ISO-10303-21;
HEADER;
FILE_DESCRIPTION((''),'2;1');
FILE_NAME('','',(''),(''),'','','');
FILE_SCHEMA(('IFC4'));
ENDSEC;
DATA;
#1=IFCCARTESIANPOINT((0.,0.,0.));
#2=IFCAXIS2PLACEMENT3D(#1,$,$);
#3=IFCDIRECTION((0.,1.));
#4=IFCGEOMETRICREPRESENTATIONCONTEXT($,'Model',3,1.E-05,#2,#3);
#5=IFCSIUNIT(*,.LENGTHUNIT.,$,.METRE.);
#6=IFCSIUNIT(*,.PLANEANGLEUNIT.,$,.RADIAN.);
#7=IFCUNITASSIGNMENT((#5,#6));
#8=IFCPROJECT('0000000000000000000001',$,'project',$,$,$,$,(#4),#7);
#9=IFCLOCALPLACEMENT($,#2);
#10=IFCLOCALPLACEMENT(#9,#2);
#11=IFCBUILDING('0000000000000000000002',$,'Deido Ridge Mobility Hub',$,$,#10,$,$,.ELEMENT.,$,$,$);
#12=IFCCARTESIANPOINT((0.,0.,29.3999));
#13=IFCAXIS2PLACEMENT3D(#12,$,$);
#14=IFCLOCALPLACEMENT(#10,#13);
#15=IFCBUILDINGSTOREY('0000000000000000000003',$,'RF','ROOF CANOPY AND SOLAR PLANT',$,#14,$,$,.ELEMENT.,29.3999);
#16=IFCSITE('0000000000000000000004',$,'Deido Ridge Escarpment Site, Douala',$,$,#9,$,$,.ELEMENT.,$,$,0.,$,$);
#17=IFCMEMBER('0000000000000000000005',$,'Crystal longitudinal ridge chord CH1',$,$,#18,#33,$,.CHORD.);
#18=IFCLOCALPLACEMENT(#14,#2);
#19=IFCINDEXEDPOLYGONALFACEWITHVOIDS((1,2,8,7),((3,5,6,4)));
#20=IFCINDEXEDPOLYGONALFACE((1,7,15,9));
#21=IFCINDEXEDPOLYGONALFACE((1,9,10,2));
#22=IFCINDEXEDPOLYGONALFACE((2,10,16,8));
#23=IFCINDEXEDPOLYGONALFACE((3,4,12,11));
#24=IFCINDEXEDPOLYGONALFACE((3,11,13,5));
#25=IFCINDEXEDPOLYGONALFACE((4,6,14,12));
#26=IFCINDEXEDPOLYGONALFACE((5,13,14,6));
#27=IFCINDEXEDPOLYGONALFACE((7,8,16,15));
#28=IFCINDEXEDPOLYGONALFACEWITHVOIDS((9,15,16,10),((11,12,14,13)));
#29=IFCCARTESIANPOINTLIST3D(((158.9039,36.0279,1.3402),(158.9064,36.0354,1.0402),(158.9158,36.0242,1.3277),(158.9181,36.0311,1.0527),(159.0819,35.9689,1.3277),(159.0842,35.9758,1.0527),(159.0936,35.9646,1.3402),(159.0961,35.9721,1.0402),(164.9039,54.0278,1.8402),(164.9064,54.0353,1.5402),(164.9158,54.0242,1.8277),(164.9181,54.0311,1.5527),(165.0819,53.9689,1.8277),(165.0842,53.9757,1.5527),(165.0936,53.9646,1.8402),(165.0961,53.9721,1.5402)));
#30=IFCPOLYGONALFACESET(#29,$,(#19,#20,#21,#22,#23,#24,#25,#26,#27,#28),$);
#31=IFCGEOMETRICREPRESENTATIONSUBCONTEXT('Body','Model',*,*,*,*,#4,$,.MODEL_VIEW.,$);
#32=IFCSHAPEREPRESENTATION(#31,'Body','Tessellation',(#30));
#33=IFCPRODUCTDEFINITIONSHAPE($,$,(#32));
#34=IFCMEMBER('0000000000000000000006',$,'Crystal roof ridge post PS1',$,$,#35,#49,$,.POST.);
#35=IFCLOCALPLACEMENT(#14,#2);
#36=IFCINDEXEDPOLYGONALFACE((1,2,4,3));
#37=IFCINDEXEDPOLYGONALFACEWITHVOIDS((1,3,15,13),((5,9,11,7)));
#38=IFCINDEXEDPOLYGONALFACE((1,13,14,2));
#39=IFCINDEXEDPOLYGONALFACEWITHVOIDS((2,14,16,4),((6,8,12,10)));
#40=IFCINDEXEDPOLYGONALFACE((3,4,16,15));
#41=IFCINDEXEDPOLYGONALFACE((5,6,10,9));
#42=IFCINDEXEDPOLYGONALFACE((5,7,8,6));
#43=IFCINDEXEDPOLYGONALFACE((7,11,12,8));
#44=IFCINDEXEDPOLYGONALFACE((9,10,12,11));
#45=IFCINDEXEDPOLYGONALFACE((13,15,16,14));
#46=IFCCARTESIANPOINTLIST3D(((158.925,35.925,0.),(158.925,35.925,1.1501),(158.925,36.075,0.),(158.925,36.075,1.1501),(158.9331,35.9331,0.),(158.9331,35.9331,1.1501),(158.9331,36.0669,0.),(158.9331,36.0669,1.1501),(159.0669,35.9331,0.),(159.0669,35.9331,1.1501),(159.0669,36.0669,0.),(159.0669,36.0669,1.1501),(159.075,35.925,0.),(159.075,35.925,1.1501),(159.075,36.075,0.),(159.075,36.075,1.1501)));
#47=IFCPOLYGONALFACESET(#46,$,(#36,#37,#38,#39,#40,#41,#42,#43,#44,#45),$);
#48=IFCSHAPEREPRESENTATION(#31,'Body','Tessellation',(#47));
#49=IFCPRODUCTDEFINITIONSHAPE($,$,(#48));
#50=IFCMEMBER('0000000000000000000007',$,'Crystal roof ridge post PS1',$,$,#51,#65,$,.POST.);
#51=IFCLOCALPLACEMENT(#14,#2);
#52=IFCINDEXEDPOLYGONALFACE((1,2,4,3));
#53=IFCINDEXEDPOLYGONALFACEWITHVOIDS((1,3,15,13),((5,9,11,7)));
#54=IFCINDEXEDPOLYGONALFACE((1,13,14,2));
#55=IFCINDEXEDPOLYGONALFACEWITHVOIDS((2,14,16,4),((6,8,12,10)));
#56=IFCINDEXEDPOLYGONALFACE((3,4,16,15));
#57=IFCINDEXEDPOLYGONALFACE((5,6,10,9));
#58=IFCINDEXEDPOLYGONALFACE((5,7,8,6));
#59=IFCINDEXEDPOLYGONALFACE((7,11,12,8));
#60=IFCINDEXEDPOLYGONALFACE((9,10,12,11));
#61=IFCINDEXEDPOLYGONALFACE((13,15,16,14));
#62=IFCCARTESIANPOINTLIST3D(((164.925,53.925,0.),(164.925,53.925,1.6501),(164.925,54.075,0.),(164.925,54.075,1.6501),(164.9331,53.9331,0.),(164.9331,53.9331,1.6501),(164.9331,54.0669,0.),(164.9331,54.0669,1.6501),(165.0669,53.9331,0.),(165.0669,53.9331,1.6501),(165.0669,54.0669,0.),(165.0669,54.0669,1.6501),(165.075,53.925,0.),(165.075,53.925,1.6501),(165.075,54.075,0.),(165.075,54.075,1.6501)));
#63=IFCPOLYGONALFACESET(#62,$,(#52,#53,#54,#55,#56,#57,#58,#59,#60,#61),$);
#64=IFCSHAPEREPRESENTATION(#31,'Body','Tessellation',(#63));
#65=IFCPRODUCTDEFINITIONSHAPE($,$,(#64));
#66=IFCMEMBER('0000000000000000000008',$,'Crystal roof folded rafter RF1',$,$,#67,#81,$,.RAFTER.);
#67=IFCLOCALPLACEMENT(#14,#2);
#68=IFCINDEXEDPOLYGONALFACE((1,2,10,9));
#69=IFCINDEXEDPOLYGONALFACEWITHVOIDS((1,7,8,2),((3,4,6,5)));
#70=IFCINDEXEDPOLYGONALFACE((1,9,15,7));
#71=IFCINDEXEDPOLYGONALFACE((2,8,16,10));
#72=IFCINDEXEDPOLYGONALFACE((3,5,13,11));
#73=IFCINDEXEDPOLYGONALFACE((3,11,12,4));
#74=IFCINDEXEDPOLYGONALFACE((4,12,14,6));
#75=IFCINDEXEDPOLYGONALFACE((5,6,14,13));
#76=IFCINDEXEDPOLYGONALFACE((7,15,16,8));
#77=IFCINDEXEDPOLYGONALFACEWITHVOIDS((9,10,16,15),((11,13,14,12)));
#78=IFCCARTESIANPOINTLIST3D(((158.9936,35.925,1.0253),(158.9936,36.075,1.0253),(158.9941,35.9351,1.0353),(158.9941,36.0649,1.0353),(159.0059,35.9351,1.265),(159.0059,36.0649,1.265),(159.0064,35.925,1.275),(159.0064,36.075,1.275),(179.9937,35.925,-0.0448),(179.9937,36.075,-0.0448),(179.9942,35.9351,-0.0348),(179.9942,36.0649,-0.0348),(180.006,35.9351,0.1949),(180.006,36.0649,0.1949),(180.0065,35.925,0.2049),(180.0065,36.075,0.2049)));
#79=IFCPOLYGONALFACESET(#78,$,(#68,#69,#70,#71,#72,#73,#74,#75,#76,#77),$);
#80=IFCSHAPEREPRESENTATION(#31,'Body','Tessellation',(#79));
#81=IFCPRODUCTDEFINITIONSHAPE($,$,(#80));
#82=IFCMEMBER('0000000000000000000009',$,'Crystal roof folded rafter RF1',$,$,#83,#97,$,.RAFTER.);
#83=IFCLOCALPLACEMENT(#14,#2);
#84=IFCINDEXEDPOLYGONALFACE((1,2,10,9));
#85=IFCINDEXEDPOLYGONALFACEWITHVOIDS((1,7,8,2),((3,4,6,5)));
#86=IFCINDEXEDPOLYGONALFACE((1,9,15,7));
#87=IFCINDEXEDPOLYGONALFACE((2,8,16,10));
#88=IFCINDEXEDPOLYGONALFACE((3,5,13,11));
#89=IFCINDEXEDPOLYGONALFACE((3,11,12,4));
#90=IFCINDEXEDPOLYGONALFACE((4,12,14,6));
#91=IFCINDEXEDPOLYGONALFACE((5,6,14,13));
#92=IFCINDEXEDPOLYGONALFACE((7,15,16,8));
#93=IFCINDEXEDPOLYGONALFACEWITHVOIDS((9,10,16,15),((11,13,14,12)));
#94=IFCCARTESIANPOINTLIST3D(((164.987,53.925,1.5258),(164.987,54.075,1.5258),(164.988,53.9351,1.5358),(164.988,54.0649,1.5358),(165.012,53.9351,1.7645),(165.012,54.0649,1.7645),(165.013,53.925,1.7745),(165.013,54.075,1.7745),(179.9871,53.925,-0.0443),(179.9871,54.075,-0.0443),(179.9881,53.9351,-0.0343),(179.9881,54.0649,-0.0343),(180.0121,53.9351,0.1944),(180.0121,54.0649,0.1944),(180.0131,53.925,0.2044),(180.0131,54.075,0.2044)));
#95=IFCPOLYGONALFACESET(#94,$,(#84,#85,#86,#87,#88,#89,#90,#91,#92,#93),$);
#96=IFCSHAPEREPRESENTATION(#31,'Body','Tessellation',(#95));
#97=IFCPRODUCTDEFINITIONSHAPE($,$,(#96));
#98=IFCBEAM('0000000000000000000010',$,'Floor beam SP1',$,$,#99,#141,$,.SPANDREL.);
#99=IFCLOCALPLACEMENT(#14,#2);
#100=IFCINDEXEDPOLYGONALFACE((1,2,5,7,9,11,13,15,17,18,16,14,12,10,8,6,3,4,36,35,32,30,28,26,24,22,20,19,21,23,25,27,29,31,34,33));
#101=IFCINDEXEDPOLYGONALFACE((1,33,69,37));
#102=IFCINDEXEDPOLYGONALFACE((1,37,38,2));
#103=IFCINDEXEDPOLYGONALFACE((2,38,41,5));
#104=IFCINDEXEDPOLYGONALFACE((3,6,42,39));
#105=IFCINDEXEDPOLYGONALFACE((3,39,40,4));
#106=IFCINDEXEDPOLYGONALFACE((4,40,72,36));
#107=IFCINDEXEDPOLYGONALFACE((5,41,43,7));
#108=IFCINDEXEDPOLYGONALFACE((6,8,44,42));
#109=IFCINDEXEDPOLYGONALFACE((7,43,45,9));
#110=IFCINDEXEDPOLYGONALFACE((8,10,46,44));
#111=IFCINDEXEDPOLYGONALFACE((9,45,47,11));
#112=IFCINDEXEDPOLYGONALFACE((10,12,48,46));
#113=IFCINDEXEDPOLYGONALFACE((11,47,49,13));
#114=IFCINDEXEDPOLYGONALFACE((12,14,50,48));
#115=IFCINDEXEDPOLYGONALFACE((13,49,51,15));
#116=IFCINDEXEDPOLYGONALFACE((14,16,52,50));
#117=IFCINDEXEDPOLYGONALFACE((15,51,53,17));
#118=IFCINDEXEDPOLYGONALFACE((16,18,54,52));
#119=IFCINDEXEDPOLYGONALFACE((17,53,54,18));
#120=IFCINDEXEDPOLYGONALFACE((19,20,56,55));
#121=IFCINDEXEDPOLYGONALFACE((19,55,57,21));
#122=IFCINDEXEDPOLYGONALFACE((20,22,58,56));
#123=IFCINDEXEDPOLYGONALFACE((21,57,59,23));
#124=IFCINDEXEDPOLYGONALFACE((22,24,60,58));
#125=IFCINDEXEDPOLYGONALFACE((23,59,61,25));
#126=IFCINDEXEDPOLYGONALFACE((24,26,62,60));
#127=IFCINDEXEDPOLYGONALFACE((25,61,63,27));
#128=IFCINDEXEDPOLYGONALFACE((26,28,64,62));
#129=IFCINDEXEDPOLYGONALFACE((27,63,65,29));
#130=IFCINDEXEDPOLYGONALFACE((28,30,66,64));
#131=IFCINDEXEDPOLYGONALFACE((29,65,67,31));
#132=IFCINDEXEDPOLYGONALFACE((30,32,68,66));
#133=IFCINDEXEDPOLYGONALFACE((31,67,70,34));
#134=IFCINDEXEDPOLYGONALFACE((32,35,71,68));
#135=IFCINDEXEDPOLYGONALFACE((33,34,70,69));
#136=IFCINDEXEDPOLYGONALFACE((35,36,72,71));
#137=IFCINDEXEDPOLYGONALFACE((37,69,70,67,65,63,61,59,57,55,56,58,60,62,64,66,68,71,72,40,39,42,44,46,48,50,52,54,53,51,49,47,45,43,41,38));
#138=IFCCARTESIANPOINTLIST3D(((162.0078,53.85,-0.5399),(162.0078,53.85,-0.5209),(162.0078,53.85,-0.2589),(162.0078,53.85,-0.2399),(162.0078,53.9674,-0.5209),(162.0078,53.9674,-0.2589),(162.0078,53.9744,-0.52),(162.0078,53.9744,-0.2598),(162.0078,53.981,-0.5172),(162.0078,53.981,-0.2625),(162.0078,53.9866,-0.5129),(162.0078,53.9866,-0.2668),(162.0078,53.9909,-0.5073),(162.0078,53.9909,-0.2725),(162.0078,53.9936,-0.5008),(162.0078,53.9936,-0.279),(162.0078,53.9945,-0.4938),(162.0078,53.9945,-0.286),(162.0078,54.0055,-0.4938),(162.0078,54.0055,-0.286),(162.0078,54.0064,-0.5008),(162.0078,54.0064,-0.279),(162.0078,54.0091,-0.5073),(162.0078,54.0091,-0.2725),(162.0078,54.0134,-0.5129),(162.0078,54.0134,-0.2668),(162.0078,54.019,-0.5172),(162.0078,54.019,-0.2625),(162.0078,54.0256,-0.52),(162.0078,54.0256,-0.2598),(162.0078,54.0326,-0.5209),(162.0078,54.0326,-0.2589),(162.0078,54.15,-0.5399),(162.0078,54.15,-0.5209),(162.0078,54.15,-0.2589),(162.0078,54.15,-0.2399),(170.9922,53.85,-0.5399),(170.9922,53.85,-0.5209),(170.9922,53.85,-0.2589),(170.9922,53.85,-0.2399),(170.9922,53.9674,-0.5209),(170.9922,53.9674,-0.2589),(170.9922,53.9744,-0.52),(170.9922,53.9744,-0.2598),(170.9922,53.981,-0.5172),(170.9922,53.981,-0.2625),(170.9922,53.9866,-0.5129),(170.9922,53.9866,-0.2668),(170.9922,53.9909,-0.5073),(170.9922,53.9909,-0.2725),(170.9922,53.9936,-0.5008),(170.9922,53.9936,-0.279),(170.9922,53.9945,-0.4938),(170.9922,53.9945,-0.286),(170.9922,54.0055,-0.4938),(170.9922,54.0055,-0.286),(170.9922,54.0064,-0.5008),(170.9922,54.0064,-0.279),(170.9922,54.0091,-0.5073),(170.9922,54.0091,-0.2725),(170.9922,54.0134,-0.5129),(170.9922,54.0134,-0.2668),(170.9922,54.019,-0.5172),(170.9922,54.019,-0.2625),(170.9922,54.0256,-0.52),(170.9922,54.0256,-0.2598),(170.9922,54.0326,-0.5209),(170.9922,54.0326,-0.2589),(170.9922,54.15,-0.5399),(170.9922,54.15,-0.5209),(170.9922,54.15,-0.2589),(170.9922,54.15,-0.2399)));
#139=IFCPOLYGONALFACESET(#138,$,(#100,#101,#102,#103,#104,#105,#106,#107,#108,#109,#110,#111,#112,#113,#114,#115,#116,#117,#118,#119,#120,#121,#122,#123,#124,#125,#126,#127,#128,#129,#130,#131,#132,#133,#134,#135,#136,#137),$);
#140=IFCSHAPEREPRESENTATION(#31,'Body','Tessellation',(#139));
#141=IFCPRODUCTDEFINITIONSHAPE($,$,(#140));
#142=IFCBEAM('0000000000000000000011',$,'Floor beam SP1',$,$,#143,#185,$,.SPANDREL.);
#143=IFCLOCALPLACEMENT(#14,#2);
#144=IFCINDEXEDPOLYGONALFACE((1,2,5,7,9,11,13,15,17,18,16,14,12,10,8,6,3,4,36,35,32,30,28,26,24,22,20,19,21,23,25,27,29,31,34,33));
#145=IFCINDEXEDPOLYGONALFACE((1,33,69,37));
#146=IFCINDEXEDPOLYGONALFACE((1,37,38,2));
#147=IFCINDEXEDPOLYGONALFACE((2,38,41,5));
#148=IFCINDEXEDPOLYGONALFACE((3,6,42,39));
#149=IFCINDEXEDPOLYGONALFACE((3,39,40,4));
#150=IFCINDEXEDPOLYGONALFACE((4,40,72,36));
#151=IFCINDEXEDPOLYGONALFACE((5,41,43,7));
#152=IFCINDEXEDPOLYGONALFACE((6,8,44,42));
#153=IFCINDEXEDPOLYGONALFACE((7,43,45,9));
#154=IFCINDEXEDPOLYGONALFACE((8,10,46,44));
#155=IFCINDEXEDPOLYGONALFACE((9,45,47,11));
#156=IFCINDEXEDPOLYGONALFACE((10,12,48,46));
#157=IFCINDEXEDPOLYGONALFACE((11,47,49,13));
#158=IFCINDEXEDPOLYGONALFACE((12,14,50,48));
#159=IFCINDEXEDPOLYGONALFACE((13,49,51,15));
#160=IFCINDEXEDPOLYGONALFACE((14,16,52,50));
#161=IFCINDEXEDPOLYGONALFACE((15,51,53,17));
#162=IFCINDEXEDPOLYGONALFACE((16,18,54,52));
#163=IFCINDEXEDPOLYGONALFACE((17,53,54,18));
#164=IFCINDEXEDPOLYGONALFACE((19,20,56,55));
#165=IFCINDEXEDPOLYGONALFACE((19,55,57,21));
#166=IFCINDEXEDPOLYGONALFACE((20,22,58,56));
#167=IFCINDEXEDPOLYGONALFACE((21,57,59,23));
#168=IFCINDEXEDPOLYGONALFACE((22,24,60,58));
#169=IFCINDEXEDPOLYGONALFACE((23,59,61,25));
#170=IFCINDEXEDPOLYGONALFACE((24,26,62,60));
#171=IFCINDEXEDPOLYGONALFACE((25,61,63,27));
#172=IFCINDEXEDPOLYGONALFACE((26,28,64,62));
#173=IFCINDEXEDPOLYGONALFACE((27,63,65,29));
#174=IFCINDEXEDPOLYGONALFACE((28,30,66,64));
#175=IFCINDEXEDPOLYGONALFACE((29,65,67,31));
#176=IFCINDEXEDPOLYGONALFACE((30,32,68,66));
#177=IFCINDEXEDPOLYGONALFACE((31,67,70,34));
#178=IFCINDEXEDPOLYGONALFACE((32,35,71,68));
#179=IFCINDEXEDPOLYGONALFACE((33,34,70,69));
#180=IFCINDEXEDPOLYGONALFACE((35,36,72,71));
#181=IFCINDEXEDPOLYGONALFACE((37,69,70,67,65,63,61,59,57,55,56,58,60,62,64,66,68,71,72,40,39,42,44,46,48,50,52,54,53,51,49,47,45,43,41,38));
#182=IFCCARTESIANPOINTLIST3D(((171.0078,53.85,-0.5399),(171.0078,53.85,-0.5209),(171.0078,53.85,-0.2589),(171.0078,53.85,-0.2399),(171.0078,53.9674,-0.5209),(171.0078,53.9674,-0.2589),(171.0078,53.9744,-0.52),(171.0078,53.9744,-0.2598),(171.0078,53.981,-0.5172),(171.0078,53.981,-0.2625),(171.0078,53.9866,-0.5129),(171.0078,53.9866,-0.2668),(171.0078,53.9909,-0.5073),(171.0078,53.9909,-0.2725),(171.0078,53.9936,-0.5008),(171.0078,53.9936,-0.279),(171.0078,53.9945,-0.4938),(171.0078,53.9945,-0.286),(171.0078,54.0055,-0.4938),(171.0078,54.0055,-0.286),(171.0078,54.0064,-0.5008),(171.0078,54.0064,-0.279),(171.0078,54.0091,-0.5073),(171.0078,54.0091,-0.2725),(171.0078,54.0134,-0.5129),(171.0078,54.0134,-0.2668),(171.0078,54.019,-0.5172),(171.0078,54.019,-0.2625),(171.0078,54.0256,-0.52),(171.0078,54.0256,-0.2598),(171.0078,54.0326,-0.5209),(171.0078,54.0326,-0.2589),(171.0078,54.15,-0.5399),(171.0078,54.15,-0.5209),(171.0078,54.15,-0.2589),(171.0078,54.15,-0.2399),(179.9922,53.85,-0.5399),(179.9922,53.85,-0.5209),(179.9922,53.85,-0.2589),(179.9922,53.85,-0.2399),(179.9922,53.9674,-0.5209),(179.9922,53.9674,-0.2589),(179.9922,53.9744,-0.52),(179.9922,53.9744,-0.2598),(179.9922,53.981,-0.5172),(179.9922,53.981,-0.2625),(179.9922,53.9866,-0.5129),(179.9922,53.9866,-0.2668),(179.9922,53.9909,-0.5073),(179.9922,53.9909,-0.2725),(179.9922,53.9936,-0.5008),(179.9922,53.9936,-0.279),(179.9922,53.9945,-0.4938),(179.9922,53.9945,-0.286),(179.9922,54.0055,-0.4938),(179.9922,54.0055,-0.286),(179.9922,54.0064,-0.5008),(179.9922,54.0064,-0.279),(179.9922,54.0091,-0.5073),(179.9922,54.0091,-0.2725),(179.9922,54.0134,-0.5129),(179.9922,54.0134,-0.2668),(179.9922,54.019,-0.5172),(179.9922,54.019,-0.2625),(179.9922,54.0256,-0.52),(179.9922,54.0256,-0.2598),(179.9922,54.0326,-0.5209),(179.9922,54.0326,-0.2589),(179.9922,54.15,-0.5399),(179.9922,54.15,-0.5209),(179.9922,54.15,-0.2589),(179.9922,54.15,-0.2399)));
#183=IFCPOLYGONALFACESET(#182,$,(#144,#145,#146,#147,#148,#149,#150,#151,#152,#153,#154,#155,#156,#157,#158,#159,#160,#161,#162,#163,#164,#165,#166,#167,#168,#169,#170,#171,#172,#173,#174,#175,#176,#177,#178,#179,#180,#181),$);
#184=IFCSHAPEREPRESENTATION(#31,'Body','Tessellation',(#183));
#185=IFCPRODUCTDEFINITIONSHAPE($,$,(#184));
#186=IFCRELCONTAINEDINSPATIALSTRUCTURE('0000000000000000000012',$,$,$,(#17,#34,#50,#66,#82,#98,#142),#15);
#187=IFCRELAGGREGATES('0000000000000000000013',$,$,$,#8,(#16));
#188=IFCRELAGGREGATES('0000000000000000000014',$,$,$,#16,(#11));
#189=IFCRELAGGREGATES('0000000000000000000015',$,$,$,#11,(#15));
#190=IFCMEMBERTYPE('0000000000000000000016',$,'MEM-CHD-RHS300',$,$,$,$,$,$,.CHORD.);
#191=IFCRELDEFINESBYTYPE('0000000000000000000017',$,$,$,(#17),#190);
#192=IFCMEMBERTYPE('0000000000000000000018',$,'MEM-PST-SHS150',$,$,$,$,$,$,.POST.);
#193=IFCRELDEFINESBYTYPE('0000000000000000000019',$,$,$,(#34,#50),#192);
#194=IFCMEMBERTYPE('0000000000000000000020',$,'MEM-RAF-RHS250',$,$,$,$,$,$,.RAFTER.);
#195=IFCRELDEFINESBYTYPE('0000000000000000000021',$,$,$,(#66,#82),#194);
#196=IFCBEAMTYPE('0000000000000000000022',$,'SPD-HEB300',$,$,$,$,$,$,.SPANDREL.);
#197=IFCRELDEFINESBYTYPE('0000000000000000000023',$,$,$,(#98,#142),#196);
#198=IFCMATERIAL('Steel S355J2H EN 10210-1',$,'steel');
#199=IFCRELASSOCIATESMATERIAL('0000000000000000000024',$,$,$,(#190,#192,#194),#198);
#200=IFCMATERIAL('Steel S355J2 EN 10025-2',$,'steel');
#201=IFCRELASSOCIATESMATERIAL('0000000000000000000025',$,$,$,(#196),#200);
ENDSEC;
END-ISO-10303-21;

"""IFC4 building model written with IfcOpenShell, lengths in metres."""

from ifc_helpers import new_model, si_unit, direction, frame, origin, origin_2d, place, context, subcontext, project, spatial, hollow_rectangle, i_section, extrude, material, material_profile, profile_set, type_object, element, save


model = new_model("IFC4")

# Units and contexts
model_context = context("Model", 3, precision=1e-05, world=origin(), true_north=direction((0.0, 1.0)))
body_context = subcontext(model_context, "Body", "Model", "MODEL_VIEW")
ifc_project = project(units=[si_unit("LENGTHUNIT", "METRE"), si_unit("PLANEANGLEUNIT", "RADIAN")], contexts=[model_context])

# Site, building, storey
site_placement = place(None, origin())
site = spatial("IfcSite", under=ifc_project, at=site_placement, Name="Deido Ridge Escarpment Site, Douala", CompositionType="ELEMENT", RefElevation=0.0)
building_placement = place(site_placement, origin())
building = spatial("IfcBuilding", under=site, at=building_placement, Name="Deido Ridge Mobility Hub", CompositionType="ELEMENT")
storey_placement = place(building_placement, frame((0.0, 0.0, 29.3999)))
storey = spatial("IfcBuildingStorey", under=building, at=storey_placement, Name="RF", Description="ROOF CANOPY AND SOLAR PLANT", CompositionType="ELEMENT", Elevation=29.3999)

# Shared definitions
ifc_material_1 = material(Name="Steel S355J2 EN 10025-2", Category="steel")

# Members
ifc_material_2 = material(Name="Steel S355J2H EN 10210-1", Category="steel")
ifc_material_profile_1 = material_profile(ifc_material_2, hollow_rectangle(XDim=0.2, YDim=0.3, WallThickness=0.0125, at=origin_2d()), Name="RHS 300x200x12.5")
ifc_profile_set_1 = profile_set([ifc_material_profile_1], Name="Steel S355J2H EN 10210-1")
member_type_1 = type_object("IfcMemberType", Name="MEM-CHD-RHS300", PredefinedType="CHORD", material=ifc_profile_set_1)
member_1_placement = place(storey_placement, frame((159.0, 36.0, 1.1902), z_axis=(0.316118, 0.948354, 0.026343), x_axis=(-0.948683, 0.316228, 0.0)))
element("IfcMember", 1, at=member_1_placement, inside=storey, type_object=member_type_1, Name="Crystal longitudinal ridge chord CH1", PredefinedType="CHORD", context=body_context, shape_type="SweptSolid", body=[
    extrude(hollow_rectangle(XDim=0.2, YDim=0.3, WallThickness=0.0125, at=origin_2d()), origin(), (0.0, 0.0, 1.0), 18.9802),
])
ifc_material_profile_2 = material_profile(ifc_material_2, hollow_rectangle(XDim=0.1499, YDim=0.1499, WallThickness=0.0081, at=origin_2d()), Name="SHS 150x150x8")
ifc_profile_set_2 = profile_set([ifc_material_profile_2], Name="Steel S355J2H EN 10210-1")
member_type_2 = type_object("IfcMemberType", Name="MEM-PST-SHS150", PredefinedType="POST", material=ifc_profile_set_2)
member_2_placement = place(storey_placement, frame((159.0, 36.0, 0.0), z_axis=(0.0, 0.0, 1.0), x_axis=(1.0, 0.0, 0.0)))
element("IfcMember", 2, at=member_2_placement, inside=storey, type_object=member_type_2, Name="Crystal roof ridge post PS1", PredefinedType="POST", context=body_context, shape_type="SweptSolid", body=[
    extrude(hollow_rectangle(XDim=0.1499, YDim=0.1499, WallThickness=0.0081, at=origin_2d()), origin(), (0.0, 0.0, 1.0), 1.1501),
])
member_3_placement = place(storey_placement, frame((165.0, 54.0, 0.0), z_axis=(0.0, 0.0, 1.0), x_axis=(1.0, 0.0, 0.0)))
element("IfcMember", 3, at=member_3_placement, inside=storey, type_object=member_type_2, Name="Crystal roof ridge post PS1", PredefinedType="POST", context=body_context, shape_type="SweptSolid", body=[
    extrude(hollow_rectangle(XDim=0.1499, YDim=0.1499, WallThickness=0.0081, at=origin_2d()), origin(), (0.0, 0.0, 1.0), 1.6501),
])
ifc_material_profile_3 = material_profile(ifc_material_2, hollow_rectangle(XDim=0.1499, YDim=0.25, WallThickness=0.01, at=origin_2d()), Name="RHS 250x150x10")
ifc_profile_set_3 = profile_set([ifc_material_profile_3], Name="Steel S355J2H EN 10210-1")
member_type_3 = type_object("IfcMemberType", Name="MEM-RAF-RHS250", PredefinedType="RAFTER", material=ifc_profile_set_3)
member_4_placement = place(storey_placement, frame((159.0, 36.0, 1.1501), z_axis=(0.998704, 0.0, -0.05089), x_axis=(0.0, 1.0, 0.0)))
element("IfcMember", 4, at=member_4_placement, inside=storey, type_object=member_type_3, Name="Crystal roof folded rafter RF1", PredefinedType="RAFTER", context=body_context, shape_type="SweptSolid", body=[
    extrude(hollow_rectangle(XDim=0.1499, YDim=0.25, WallThickness=0.01, at=origin_2d()), origin(), (0.0, 0.0, 1.0), 21.0273),
])
member_5_placement = place(storey_placement, frame((165.0, 54.0, 1.6501), z_axis=(0.994567, 0.0, -0.104103), x_axis=(0.0, 1.0, 0.0)))
element("IfcMember", 5, at=member_5_placement, inside=storey, type_object=member_type_3, Name="Crystal roof folded rafter RF1", PredefinedType="RAFTER", context=body_context, shape_type="SweptSolid", body=[
    extrude(hollow_rectangle(XDim=0.1499, YDim=0.25, WallThickness=0.01, at=origin_2d()), origin(), (0.0, 0.0, 1.0), 15.082),
])

# Beams
ifc_material_profile_4 = material_profile(ifc_material_1, i_section(OverallWidth=0.3, OverallDepth=0.3, WebThickness=0.011, FlangeThickness=0.019, FilletRadius=0.0271, at=origin_2d()), Name="HEB 300")
ifc_profile_set_4 = profile_set([ifc_material_profile_4], Name="Steel S355J2 EN 10025-2")
beam_type_1 = type_object("IfcBeamType", Name="SPD-HEB300", PredefinedType="SPANDREL", material=ifc_profile_set_4)
for number, where, z_axis, x_axis, name in (
    (6, (162.0078, 54.0, -0.3899), (1.0, 0.0, 0.0), (0.0, 1.0, 0.0), "Floor beam SP1"),
    (7, (171.0078, 54.0, -0.3899), (1.0, 0.0, 0.0), (0.0, 1.0, 0.0), "Floor beam SP1"),
):
    element("IfcBeam", number, at=place(storey_placement, frame(where, z_axis=z_axis, x_axis=x_axis)), inside=storey, type_object=beam_type_1, Name=name, PredefinedType="SPANDREL", context=body_context, shape_type="SweptSolid", body=[
        extrude(i_section(OverallWidth=0.3, OverallDepth=0.3, WebThickness=0.011, FlangeThickness=0.019, FilletRadius=0.0271, at=origin_2d()), origin(), (0.0, 0.0, 1.0), 8.9844),
    ])

save(model, "model.ifc")
